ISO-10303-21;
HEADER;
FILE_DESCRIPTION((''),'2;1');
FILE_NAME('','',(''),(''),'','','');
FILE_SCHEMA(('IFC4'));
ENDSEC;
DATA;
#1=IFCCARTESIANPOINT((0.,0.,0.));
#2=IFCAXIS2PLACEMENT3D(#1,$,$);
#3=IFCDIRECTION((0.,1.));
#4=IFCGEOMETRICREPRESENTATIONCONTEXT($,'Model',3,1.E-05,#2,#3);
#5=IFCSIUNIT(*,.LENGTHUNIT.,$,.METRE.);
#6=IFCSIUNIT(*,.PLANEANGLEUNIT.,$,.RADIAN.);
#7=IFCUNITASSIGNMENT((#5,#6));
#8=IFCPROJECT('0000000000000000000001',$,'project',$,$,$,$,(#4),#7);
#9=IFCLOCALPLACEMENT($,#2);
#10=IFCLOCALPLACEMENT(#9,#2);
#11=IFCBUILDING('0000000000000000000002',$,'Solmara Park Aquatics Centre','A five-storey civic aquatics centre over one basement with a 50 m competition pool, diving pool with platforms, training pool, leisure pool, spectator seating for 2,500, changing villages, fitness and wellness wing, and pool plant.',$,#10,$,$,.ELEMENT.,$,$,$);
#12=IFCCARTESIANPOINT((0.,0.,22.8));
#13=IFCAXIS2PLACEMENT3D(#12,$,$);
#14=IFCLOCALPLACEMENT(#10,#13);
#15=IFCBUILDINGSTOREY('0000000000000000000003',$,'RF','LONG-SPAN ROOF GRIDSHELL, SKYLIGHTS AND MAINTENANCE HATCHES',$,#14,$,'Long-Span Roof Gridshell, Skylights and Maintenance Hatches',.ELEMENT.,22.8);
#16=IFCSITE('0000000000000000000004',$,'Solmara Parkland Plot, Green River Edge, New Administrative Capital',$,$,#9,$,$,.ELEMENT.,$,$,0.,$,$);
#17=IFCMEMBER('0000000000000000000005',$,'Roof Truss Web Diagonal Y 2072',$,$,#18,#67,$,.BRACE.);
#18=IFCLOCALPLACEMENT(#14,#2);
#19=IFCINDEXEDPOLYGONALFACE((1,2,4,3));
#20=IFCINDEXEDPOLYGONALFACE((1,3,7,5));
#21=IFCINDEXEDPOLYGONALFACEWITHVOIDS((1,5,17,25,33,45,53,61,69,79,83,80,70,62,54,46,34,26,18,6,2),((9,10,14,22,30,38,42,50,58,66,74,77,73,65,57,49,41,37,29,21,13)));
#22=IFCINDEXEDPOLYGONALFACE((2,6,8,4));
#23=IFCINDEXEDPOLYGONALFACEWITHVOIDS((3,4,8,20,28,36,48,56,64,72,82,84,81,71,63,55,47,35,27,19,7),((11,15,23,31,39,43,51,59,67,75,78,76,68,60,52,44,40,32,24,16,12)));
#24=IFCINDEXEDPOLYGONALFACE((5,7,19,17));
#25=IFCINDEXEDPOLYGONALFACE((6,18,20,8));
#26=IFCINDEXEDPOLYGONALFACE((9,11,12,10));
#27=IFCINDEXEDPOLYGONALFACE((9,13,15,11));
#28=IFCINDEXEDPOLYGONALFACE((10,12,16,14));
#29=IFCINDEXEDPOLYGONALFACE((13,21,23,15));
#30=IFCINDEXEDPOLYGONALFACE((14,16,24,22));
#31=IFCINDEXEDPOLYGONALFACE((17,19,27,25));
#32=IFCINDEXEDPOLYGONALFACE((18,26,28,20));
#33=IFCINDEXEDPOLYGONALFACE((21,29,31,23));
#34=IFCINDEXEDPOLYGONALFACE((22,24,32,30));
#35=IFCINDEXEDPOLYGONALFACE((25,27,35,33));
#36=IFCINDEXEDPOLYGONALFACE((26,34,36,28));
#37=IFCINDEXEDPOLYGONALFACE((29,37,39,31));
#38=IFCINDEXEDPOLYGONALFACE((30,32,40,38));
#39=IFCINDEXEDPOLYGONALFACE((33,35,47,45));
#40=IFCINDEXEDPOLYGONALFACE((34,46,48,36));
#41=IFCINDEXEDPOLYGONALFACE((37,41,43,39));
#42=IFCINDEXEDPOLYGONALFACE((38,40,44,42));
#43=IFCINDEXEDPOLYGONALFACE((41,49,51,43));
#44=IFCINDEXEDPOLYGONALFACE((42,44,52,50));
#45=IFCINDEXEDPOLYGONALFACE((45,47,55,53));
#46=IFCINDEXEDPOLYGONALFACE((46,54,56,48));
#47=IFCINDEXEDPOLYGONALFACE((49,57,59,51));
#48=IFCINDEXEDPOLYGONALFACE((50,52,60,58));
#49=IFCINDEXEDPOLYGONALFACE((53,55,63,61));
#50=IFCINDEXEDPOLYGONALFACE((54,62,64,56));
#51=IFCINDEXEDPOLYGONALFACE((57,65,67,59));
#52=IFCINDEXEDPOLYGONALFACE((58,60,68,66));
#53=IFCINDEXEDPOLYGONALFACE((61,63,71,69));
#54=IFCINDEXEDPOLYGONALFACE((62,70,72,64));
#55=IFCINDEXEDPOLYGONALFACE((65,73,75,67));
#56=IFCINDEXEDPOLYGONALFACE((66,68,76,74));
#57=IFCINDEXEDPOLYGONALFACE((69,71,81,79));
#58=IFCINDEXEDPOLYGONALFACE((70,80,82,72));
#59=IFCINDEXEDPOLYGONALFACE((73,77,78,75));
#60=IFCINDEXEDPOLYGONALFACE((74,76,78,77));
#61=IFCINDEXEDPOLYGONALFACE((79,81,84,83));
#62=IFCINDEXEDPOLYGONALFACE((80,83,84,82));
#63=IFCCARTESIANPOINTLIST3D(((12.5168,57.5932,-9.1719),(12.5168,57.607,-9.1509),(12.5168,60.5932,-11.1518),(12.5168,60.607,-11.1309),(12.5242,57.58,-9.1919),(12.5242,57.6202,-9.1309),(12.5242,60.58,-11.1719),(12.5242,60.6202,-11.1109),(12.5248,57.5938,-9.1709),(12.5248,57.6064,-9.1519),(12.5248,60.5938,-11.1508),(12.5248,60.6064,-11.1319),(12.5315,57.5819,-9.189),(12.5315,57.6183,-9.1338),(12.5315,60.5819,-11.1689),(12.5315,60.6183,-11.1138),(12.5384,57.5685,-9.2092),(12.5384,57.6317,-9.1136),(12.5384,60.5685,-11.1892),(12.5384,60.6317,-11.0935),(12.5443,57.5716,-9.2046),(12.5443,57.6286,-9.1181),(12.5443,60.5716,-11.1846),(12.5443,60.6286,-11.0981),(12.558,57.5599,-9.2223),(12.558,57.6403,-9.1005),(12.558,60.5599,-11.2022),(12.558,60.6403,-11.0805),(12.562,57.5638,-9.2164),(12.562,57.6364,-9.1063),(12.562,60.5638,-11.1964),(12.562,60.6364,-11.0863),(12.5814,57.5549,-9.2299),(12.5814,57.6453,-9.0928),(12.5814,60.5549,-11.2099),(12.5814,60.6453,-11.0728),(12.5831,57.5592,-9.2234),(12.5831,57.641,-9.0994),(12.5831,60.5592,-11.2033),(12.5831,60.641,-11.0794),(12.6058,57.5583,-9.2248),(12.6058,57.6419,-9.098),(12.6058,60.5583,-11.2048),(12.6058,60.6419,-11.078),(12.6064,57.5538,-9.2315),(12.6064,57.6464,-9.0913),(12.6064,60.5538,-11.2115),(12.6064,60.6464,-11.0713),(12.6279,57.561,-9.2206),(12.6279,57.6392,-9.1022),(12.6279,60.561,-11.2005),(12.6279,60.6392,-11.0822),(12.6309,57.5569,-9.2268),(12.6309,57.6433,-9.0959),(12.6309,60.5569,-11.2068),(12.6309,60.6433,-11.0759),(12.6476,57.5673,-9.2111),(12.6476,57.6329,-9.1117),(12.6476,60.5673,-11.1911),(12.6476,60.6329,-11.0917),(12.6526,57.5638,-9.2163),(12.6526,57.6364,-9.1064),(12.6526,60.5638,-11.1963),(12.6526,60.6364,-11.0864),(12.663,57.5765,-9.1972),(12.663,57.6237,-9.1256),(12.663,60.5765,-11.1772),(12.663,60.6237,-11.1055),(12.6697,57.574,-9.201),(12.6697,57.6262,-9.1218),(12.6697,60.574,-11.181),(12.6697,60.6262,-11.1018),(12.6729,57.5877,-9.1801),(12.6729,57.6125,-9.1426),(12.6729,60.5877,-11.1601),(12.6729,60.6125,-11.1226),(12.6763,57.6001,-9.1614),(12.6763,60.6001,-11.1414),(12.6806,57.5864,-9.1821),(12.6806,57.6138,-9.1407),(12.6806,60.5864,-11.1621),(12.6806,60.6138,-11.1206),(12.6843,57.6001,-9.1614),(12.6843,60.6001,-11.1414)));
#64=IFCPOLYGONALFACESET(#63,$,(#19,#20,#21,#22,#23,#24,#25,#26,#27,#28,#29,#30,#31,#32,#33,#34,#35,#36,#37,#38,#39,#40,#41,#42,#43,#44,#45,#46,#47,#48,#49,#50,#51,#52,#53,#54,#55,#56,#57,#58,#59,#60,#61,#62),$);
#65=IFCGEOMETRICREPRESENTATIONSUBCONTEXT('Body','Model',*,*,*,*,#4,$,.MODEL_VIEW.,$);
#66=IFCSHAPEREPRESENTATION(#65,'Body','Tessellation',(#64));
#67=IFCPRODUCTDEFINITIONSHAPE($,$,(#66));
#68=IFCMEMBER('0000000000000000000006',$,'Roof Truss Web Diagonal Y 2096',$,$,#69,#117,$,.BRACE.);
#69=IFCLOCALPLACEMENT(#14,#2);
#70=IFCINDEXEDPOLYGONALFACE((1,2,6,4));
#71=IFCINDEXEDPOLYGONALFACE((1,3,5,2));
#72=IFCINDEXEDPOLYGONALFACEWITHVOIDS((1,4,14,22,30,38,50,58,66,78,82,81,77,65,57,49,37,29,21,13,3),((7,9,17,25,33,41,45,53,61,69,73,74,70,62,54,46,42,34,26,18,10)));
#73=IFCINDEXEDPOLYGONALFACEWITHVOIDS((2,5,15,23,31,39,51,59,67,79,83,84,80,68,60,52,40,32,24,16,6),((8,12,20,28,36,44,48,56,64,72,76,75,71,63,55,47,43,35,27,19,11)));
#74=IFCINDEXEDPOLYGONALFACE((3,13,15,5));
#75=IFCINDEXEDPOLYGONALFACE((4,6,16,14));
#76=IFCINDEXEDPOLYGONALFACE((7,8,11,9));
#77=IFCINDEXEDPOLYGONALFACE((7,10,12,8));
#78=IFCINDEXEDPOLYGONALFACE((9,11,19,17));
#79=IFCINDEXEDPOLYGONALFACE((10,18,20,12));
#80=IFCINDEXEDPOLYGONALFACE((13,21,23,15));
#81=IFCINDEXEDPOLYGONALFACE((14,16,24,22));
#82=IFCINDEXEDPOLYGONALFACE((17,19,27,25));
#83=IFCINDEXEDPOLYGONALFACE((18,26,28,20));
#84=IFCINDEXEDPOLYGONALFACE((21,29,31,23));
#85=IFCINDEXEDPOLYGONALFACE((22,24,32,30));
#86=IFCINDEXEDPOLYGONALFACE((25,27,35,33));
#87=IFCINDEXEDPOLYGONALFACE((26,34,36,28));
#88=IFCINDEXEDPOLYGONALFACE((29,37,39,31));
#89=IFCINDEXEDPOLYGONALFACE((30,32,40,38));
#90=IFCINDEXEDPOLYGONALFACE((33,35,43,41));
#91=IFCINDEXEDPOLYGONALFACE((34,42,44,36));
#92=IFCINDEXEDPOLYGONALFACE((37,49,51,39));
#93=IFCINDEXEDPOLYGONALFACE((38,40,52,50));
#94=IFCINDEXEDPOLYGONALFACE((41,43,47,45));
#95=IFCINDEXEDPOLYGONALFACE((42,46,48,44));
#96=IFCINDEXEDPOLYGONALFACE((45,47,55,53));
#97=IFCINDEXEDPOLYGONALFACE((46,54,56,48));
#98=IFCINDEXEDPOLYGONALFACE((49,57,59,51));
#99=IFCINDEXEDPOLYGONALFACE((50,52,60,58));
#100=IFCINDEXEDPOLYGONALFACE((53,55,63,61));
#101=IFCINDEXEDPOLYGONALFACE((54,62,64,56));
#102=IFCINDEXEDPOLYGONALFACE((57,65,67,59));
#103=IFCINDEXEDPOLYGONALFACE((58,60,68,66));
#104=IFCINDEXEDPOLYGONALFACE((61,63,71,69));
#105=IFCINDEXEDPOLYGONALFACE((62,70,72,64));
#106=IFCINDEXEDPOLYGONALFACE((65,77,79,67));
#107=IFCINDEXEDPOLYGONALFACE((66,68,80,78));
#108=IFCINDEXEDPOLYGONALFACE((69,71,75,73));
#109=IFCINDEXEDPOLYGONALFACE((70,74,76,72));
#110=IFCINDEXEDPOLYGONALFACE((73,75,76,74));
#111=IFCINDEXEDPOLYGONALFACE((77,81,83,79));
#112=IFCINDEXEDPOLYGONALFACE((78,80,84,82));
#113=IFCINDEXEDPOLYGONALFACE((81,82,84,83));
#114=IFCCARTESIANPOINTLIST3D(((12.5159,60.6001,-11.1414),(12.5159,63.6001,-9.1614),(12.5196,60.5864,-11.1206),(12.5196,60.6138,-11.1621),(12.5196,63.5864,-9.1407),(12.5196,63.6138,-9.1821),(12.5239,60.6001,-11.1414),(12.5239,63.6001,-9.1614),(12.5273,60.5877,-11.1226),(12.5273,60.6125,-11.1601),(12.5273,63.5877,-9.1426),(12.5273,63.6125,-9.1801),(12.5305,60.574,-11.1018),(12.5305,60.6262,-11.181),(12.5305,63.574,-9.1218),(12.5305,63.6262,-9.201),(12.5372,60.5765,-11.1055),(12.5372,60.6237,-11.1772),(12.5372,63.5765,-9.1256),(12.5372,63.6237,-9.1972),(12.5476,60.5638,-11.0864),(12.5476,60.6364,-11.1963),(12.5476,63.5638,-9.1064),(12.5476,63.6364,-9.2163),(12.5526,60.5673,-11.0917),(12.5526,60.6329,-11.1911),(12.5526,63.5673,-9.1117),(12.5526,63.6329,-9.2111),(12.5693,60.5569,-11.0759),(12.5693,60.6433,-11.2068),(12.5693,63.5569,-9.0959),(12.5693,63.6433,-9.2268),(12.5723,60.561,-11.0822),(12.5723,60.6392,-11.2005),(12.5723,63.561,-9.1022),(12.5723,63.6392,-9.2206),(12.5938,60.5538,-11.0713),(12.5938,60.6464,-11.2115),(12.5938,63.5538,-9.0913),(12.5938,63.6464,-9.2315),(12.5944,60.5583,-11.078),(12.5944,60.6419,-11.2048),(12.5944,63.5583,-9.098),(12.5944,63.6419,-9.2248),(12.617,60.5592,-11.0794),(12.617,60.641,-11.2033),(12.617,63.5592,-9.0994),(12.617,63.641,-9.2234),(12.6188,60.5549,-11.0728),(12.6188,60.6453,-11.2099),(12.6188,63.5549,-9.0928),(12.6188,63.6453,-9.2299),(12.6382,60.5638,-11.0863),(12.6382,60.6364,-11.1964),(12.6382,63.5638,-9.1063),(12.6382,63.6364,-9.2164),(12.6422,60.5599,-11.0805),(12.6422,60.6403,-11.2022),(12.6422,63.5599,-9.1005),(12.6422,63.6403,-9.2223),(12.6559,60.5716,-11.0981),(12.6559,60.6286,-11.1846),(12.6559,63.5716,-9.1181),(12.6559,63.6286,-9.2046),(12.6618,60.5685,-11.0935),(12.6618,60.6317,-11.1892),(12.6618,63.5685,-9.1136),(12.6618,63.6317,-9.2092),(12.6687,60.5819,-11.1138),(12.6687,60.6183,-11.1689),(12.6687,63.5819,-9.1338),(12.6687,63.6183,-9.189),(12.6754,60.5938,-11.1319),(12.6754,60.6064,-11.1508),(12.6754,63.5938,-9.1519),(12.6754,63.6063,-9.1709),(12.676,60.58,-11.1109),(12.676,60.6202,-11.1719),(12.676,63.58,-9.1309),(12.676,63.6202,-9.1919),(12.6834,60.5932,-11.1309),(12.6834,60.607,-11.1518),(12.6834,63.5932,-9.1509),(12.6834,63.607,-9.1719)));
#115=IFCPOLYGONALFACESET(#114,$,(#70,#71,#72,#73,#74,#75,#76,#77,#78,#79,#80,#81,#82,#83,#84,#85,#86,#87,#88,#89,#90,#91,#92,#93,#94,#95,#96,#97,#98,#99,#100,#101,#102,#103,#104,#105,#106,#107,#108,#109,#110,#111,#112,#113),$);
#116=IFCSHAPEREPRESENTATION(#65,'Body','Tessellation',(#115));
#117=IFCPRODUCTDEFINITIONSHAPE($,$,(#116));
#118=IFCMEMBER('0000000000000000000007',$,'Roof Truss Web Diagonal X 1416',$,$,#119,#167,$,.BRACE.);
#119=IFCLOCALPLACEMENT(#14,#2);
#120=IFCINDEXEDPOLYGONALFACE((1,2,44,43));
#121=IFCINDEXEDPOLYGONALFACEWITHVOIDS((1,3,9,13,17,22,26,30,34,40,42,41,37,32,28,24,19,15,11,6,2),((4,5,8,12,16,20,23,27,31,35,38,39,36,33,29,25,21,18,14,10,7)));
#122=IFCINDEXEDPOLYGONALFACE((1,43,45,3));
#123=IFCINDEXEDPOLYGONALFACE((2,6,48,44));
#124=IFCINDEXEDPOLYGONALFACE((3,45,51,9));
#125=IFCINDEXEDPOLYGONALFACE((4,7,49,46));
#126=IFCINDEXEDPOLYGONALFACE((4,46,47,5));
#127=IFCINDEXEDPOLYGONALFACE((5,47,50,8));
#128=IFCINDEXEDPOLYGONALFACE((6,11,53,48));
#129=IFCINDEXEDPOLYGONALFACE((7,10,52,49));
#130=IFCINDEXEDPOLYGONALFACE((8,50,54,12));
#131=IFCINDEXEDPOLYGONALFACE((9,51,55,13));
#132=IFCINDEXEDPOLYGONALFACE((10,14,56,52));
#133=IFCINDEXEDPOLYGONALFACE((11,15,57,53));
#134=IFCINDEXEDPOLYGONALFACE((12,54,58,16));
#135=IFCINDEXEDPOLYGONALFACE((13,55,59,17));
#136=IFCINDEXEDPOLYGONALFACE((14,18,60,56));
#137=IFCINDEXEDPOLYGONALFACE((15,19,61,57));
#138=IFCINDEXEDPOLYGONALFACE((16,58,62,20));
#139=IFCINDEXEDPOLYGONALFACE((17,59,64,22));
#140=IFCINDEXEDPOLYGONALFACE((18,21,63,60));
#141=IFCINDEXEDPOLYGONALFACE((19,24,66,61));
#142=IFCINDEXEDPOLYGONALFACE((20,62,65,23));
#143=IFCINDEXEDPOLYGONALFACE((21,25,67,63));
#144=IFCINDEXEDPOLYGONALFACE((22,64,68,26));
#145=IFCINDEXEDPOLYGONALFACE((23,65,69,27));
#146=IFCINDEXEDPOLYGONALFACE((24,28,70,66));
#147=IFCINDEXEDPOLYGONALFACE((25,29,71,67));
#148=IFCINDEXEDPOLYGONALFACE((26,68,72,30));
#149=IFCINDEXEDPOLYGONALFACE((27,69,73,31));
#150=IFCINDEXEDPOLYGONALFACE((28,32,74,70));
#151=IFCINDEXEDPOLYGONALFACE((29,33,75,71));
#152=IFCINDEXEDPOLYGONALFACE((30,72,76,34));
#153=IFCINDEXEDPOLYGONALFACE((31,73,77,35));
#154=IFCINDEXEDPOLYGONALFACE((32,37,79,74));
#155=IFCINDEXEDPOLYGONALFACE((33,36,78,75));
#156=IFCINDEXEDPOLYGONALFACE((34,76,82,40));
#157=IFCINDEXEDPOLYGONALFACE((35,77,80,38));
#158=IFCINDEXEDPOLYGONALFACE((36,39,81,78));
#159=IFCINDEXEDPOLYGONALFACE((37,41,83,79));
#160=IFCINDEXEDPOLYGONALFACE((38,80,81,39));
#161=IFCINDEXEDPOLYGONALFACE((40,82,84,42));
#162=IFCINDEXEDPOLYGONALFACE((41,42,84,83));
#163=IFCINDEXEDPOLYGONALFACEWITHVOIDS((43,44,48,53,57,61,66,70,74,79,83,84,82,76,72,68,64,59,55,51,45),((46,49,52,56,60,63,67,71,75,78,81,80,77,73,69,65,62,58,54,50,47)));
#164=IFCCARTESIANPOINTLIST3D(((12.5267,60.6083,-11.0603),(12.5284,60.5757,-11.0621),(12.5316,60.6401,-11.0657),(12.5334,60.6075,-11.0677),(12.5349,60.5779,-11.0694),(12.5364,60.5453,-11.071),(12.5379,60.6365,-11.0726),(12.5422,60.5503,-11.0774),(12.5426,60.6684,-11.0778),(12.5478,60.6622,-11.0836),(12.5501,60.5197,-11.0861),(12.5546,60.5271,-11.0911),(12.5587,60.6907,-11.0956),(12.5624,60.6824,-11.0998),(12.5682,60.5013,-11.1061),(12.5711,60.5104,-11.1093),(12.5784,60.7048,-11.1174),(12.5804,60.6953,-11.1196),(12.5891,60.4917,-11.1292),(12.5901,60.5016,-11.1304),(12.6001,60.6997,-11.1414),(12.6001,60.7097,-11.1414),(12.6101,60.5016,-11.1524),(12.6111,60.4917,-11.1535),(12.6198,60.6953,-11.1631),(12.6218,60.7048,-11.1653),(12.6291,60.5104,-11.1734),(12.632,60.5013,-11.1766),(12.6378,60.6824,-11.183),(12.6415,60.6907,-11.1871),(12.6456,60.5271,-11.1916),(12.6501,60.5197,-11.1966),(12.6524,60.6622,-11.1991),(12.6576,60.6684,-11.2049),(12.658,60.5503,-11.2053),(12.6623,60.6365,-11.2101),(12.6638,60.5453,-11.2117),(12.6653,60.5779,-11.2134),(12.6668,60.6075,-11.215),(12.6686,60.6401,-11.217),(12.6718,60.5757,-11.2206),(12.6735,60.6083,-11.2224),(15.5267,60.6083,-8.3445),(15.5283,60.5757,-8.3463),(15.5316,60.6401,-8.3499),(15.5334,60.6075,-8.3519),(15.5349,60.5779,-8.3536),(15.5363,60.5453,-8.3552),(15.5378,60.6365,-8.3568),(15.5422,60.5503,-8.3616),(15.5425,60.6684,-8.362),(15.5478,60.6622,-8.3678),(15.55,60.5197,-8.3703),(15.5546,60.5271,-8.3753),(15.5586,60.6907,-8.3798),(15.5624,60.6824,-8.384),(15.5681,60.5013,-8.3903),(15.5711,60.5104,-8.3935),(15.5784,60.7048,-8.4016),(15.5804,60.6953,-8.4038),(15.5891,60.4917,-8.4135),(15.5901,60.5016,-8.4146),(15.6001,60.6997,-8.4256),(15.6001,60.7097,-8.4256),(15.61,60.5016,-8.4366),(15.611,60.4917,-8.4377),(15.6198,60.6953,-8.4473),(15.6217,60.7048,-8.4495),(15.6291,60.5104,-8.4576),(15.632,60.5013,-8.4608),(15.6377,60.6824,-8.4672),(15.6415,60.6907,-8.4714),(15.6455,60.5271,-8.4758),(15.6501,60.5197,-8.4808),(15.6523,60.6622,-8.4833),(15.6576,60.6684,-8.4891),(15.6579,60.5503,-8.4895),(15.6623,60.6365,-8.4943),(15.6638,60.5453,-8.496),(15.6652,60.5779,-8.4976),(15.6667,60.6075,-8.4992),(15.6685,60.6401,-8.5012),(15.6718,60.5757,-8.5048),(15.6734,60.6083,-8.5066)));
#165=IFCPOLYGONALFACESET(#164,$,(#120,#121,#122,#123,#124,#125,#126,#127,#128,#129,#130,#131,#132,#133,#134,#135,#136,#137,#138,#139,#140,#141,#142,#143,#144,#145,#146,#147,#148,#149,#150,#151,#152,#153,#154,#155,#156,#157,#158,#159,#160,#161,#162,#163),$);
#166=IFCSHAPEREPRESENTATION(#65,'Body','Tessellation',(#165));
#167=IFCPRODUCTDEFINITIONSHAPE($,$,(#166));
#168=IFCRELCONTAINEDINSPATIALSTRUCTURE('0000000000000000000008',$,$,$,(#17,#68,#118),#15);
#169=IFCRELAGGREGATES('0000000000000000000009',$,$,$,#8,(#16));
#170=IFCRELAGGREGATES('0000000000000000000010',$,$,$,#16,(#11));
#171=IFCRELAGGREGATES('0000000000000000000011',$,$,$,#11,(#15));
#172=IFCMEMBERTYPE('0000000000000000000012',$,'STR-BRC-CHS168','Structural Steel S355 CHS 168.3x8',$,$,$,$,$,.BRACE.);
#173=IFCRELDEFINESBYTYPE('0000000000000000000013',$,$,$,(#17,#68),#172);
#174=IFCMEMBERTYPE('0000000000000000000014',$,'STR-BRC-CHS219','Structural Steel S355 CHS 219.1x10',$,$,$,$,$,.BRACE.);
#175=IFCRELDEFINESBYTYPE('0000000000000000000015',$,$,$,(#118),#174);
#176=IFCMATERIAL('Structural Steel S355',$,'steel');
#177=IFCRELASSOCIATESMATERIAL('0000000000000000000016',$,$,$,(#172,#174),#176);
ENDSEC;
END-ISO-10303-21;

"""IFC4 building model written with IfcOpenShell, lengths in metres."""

from ifc_helpers import new_model, si_unit, direction, frame, origin, origin_2d, place, context, subcontext, project, spatial, hollow_circle, extrude, material, material_profile, profile_set, type_object, element, save


model = new_model("IFC4")

# Units and contexts
model_context = context("Model", 3, precision=1e-05, world=origin(), true_north=direction((0.0, 1.0)))
body_context = subcontext(model_context, "Body", "Model", "MODEL_VIEW")
ifc_project = project(units=[si_unit("LENGTHUNIT", "METRE"), si_unit("PLANEANGLEUNIT", "RADIAN")], contexts=[model_context])

# Site, building, storey
site_placement = place(None, origin())
site = spatial("IfcSite", under=ifc_project, at=site_placement, Name="Solmara Parkland Plot, Green River Edge, New Administrative Capital", CompositionType="ELEMENT", RefElevation=0.0)
building_placement = place(site_placement, origin())
building = spatial("IfcBuilding", under=site, at=building_placement, Name="Solmara Park Aquatics Centre", Description="A five-storey civic aquatics centre over one basement with a 50 m competition pool, diving pool with platforms, training pool, leisure pool, spectator seating for 2,500, changing villages, fitness and wellness wing, and pool plant.", CompositionType="ELEMENT")
storey_placement = place(building_placement, frame((0.0, 0.0, 22.8)))
storey = spatial("IfcBuildingStorey", under=building, at=storey_placement, Name="RF", Description="LONG-SPAN ROOF GRIDSHELL, SKYLIGHTS AND MAINTENANCE HATCHES", LongName="Long-Span Roof Gridshell, Skylights and Maintenance Hatches", CompositionType="ELEMENT", Elevation=22.8)

# Members
ifc_material_1 = material(Name="Structural Steel S355", Category="steel")
ifc_material_profile_1 = material_profile(ifc_material_1, hollow_circle(Radius=0.0842, WallThickness=0.0081, at=origin_2d()), Name="CHS 168.3x8")
ifc_profile_set_1 = profile_set([ifc_material_profile_1], Name="Structural Steel S355")
member_type_1 = type_object("IfcMemberType", Name="STR-BRC-CHS168", Description="Structural Steel S355 CHS 168.3x8", PredefinedType="BRACE", material=ifc_profile_set_1)
for number, where, z_axis, x_axis, name in (
    (1, (12.6001, 60.6001, -11.1414), (0.0, -0.834612, 0.550838), (1.0, 0.0, 0.0), "Roof Truss Web Diagonal Y 2072"),
    (2, (12.6001, 60.6001, -11.1414), (0.0, 0.834612, 0.550838), (-1.0, 0.0, 0.0), "Roof Truss Web Diagonal Y 2096"),
):
    element("IfcMember", number, at=place(storey_placement, frame(where, z_axis=z_axis, x_axis=x_axis)), inside=storey, type_object=member_type_1, Name=name, PredefinedType="BRACE", context=body_context, shape_type="SweptSolid", body=[
        extrude(hollow_circle(Radius=0.0842, WallThickness=0.0081, at=origin_2d()), origin(), (0.0, 0.0, 1.0), 3.5945),
    ])
ifc_material_profile_2 = material_profile(ifc_material_1, hollow_circle(Radius=0.1096, WallThickness=0.01, at=origin_2d()), Name="CHS 219.1x10")
ifc_profile_set_2 = profile_set([ifc_material_profile_2], Name="Structural Steel S355")
member_type_2 = type_object("IfcMemberType", Name="STR-BRC-CHS219", Description="Structural Steel S355 CHS 219.1x10", PredefinedType="BRACE", material=ifc_profile_set_2)
for number, where, z_axis, x_axis, name in (
    (3, (12.6001, 60.6001, -11.1414), (0.741347, 0.0, 0.671122), (0.0, 1.0, 0.0), "Roof Truss Web Diagonal X 1416"),
):
    element("IfcMember", number, at=place(storey_placement, frame(where, z_axis=z_axis, x_axis=x_axis)), inside=storey, type_object=member_type_2, Name=name, PredefinedType="BRACE", context=body_context, shape_type="SweptSolid", body=[
        extrude(hollow_circle(Radius=0.1096, WallThickness=0.01, at=origin_2d()), origin(), (0.0, 0.0, 1.0), 4.0466),
    ])

save(model, "model.ifc")
